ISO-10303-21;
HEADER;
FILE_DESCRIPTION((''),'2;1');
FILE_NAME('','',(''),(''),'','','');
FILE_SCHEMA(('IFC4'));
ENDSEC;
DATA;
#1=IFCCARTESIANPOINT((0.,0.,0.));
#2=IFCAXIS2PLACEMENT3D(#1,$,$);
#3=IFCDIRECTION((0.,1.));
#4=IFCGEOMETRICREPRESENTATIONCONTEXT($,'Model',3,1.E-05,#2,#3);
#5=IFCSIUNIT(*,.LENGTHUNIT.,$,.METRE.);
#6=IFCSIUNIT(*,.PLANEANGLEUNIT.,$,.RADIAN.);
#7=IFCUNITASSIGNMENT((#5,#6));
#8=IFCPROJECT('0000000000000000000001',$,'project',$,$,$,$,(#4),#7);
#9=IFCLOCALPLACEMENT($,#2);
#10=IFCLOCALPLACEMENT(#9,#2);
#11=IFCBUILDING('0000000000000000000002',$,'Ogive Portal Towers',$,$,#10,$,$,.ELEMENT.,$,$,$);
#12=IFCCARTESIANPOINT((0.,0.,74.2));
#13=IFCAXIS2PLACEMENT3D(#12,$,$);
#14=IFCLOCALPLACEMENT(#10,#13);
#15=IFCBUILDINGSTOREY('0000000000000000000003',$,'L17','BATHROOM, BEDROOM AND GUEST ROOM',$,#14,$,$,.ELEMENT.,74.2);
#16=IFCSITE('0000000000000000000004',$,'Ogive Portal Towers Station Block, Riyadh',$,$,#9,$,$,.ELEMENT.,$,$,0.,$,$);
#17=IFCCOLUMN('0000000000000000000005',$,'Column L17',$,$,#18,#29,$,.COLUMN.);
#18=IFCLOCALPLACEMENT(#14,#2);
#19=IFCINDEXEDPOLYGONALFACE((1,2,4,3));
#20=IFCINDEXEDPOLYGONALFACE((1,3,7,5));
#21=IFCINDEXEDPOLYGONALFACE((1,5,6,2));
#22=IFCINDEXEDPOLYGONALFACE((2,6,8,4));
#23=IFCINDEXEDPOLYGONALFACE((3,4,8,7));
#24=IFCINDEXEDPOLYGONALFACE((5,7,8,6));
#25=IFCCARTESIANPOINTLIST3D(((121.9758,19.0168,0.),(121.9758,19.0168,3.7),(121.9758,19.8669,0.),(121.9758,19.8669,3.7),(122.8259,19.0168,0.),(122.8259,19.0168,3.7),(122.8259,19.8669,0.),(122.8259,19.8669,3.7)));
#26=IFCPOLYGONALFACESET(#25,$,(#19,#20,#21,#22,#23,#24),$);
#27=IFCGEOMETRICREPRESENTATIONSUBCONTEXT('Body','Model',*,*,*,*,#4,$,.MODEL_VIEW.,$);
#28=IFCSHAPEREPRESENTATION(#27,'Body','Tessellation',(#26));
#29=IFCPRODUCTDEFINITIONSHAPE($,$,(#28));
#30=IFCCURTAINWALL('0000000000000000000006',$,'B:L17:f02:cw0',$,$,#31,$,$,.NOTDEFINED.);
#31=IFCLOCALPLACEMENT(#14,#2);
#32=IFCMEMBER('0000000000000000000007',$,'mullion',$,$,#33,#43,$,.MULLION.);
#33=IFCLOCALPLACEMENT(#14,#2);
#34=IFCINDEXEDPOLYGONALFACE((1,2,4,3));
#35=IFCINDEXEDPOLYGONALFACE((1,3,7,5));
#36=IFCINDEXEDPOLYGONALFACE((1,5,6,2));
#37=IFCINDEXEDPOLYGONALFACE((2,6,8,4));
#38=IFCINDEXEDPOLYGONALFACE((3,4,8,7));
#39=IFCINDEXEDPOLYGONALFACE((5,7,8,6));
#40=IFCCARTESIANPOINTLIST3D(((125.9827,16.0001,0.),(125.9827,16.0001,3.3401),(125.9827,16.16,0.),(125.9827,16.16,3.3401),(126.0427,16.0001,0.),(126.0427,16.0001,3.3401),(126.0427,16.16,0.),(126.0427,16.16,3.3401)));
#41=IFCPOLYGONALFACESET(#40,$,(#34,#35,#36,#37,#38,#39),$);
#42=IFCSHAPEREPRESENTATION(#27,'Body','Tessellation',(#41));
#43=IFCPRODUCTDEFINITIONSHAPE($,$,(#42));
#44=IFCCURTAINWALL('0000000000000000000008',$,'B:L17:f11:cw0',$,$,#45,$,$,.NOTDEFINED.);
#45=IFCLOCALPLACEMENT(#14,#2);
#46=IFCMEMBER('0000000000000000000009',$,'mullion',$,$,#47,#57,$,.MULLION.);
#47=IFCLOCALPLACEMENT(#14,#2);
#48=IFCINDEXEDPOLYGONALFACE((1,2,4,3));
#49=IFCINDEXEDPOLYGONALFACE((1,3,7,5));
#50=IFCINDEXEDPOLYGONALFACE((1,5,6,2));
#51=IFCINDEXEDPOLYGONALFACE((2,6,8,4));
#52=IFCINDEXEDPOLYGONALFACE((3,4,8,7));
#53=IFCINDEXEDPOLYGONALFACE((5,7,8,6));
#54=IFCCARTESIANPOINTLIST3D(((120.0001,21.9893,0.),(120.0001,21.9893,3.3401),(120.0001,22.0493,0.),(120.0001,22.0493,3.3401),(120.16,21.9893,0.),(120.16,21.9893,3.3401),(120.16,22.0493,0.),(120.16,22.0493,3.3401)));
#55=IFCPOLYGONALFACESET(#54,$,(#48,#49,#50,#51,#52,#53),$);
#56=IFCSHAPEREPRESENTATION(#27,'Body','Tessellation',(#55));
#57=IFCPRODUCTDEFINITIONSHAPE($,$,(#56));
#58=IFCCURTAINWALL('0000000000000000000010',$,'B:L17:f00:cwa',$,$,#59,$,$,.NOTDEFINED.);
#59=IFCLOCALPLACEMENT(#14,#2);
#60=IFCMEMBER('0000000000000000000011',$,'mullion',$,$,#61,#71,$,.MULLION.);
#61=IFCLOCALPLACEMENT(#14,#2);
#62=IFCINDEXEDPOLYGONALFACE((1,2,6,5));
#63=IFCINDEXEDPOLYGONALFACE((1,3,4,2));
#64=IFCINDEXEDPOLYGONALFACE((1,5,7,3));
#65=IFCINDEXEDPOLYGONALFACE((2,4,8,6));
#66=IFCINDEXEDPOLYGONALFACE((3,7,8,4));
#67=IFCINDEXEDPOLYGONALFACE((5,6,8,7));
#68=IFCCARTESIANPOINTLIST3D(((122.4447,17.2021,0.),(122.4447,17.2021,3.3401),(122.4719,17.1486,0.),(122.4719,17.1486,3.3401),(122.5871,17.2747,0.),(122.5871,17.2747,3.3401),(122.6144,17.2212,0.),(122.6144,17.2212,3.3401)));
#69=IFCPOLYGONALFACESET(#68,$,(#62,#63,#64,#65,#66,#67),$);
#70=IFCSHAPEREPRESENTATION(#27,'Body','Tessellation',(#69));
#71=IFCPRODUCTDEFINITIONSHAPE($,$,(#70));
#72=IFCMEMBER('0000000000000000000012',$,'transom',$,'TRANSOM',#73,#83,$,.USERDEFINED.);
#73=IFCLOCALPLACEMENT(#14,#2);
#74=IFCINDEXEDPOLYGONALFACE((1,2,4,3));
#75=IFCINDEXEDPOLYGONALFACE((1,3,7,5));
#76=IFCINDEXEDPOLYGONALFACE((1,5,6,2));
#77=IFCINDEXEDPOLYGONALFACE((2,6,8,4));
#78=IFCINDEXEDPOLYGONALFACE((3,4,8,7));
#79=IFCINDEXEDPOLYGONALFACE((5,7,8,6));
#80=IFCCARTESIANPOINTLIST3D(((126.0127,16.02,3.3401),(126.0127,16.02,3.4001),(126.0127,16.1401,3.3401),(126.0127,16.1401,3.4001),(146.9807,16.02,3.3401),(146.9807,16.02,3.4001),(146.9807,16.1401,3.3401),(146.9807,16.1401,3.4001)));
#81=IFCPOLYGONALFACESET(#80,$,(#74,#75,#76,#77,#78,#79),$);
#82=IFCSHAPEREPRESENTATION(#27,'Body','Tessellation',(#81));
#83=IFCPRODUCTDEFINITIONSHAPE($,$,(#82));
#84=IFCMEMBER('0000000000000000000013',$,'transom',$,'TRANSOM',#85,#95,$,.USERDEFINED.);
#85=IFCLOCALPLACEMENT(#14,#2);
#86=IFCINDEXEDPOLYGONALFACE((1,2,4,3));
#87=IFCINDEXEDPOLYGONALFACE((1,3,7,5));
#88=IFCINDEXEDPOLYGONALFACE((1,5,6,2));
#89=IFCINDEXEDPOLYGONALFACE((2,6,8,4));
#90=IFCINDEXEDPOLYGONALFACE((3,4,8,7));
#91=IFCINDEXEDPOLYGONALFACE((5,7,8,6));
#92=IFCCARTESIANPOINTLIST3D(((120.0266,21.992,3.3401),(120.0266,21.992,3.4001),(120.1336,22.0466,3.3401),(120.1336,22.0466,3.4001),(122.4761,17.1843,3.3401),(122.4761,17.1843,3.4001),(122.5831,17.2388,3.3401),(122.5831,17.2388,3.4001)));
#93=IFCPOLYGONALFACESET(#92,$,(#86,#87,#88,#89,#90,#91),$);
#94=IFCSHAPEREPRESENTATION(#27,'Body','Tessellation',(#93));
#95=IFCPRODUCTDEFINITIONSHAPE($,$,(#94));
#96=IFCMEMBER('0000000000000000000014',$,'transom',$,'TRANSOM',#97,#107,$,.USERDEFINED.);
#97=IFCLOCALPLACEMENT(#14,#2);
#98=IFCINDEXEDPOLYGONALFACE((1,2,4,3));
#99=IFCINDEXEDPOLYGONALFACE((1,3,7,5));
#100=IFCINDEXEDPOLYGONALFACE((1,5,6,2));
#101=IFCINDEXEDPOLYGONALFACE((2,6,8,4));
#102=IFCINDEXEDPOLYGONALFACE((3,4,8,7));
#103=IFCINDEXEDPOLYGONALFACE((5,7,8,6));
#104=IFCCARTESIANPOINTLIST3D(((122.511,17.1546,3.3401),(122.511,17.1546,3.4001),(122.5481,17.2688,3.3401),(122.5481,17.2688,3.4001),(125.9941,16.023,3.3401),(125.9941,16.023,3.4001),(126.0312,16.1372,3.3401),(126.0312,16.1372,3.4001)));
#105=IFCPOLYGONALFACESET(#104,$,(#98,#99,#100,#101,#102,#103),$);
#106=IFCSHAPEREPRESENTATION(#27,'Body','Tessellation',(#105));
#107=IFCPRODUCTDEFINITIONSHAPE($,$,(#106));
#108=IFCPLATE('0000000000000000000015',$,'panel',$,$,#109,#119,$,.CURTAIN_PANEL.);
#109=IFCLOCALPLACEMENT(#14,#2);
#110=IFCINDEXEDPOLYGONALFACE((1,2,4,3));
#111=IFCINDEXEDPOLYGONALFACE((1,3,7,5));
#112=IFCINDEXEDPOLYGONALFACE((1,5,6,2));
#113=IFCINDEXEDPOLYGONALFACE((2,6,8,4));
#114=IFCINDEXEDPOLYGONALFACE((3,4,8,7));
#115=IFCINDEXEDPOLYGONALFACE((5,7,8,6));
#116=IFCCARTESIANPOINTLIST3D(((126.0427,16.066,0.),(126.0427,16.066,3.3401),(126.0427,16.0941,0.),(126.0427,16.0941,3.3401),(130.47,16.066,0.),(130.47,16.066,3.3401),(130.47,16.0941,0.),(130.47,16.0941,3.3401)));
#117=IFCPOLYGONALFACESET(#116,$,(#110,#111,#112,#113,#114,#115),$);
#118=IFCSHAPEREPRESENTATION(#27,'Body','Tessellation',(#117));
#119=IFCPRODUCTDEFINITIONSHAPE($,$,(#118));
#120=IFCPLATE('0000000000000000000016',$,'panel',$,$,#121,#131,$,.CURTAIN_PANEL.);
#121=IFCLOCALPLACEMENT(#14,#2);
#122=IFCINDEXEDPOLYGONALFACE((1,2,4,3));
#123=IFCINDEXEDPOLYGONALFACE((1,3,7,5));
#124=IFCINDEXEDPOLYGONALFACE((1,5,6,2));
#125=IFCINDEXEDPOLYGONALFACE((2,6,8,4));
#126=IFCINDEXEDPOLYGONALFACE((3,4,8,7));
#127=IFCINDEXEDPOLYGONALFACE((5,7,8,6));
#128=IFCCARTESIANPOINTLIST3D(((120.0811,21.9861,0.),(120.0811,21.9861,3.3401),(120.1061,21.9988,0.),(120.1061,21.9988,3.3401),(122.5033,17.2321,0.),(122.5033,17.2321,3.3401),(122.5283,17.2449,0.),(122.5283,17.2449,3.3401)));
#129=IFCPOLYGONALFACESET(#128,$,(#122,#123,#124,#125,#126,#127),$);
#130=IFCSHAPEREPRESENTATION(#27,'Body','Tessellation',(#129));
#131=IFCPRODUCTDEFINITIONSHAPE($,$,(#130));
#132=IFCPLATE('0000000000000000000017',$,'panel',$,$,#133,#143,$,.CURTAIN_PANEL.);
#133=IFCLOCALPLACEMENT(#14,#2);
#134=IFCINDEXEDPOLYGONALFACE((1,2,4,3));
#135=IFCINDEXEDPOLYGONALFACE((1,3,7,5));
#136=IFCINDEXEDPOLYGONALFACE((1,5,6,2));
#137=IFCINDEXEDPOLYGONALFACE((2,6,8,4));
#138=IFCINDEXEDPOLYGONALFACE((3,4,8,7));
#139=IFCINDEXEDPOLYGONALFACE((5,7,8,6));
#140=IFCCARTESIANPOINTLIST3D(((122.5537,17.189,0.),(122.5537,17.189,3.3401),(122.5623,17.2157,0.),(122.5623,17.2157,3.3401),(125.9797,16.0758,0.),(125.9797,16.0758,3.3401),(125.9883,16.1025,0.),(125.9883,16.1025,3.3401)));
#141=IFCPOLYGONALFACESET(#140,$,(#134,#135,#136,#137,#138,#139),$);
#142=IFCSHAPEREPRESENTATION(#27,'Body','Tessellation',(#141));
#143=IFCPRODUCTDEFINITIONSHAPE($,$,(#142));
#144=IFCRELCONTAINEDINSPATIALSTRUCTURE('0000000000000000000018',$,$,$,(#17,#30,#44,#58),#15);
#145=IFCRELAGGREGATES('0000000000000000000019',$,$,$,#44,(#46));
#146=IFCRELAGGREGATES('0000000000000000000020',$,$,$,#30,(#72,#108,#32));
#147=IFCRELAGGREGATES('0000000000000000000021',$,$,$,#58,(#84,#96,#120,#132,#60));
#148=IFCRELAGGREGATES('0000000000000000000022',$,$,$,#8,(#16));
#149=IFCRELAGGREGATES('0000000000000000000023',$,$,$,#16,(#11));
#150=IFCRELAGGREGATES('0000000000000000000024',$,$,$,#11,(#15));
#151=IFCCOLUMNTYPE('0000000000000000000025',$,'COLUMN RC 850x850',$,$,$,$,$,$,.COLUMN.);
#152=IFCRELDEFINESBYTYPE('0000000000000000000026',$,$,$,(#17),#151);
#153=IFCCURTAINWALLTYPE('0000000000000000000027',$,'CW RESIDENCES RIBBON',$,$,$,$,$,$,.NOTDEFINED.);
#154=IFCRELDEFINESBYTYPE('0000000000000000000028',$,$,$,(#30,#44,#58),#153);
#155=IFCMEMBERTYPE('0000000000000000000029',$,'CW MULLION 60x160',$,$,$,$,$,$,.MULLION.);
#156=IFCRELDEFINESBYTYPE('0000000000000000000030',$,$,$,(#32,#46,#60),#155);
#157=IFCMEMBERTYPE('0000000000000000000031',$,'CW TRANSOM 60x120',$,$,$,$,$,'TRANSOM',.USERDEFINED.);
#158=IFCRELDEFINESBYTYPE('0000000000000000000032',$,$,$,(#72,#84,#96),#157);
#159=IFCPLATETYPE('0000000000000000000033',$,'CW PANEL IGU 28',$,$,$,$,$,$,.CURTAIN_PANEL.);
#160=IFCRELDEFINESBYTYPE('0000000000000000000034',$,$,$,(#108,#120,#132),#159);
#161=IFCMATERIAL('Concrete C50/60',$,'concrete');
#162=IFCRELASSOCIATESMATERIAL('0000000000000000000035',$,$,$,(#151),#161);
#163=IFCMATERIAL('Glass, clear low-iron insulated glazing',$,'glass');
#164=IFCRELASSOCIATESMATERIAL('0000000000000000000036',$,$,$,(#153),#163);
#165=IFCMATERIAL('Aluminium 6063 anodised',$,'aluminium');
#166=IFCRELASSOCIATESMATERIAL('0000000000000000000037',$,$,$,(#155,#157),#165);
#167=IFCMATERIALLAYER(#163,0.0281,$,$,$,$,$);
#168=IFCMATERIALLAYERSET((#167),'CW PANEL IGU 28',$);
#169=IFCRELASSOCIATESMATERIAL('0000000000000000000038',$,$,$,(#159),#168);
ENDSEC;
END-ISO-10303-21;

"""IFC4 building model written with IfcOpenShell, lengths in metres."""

from ifc_helpers import new_model, si_unit, direction, frame, origin, origin_2d, place, context, subcontext, project, spatial, rectangle, extrude, material, layer, layer_set, material_profile, profile_set, type_object, element, aggregate, save


model = new_model("IFC4")

# Units and contexts
model_context = context("Model", 3, precision=1e-05, world=origin(), true_north=direction((0.0, 1.0)))
body_context = subcontext(model_context, "Body", "Model", "MODEL_VIEW")
ifc_project = project(units=[si_unit("LENGTHUNIT", "METRE"), si_unit("PLANEANGLEUNIT", "RADIAN")], contexts=[model_context])

# Site, building, storey
site_placement = place(None, origin())
site = spatial("IfcSite", under=ifc_project, at=site_placement, Name="Ogive Portal Towers Station Block, Riyadh", CompositionType="ELEMENT", RefElevation=0.0)
building_placement = place(site_placement, origin())
building = spatial("IfcBuilding", under=site, at=building_placement, Name="Ogive Portal Towers", CompositionType="ELEMENT")
storey_placement = place(building_placement, frame((0.0, 0.0, 74.2)))
storey = spatial("IfcBuildingStorey", under=building, at=storey_placement, Name="L17", Description="BATHROOM, BEDROOM AND GUEST ROOM", CompositionType="ELEMENT", Elevation=74.2)

# Column
ifc_material_1 = material(Name="Concrete C50/60", Category="concrete")
ifc_material_profile_1 = material_profile(ifc_material_1, rectangle(XDim=0.8501, YDim=0.8501, at=origin_2d()), Name="RC 850x850")
ifc_profile_set_1 = profile_set([ifc_material_profile_1], Name="Concrete C50/60")
column_type = type_object("IfcColumnType", Name="COLUMN RC 850x850", PredefinedType="COLUMN", material=ifc_profile_set_1)
column_placement = place(storey_placement, frame((122.4009, 19.4419, 0.0), z_axis=(0.0, 0.0, 1.0), x_axis=(1.0, 0.0, 0.0)))
element("IfcColumn", 1, at=column_placement, inside=storey, type_object=column_type, Name="Column L17", PredefinedType="COLUMN", context=body_context, shape_type="SweptSolid", body=[
    extrude(rectangle(XDim=0.8501, YDim=0.8501, at=origin_2d()), origin(), (0.0, 0.0, 1.0), 3.7),
])

# Curtain walls, members
ifc_material_2 = material(Name="Glass, clear low-iron insulated glazing", Category="glass")
curtain_wall_type = type_object("IfcCurtainWallType", Name="CW RESIDENCES RIBBON", PredefinedType="NOTDEFINED", material=ifc_material_2)
curtain_wall_1_placement = place(storey_placement, origin())
curtain_wall_1 = element("IfcCurtainWall", 2, at=curtain_wall_1_placement, inside=storey, type_object=curtain_wall_type, Name="B:L17:f02:cw0", PredefinedType="NOTDEFINED")
ifc_material_3 = material(Name="Aluminium 6063 anodised", Category="aluminium")
ifc_material_profile_2 = material_profile(ifc_material_3, rectangle(XDim=0.1599, YDim=0.0601, at=origin_2d()), Name="AL 60x160")
ifc_profile_set_2 = profile_set([ifc_material_profile_2], Name="Aluminium 6063 anodised")
member_type_1 = type_object("IfcMemberType", Name="CW MULLION 60x160", PredefinedType="MULLION", material=ifc_profile_set_2)
member_1_placement = place(storey_placement, frame((126.0127, 16.0801, 0.0), z_axis=(0.0, 0.0, 1.0), x_axis=(0.0, 1.0, 0.0)))
member_1 = element("IfcMember", 3, at=member_1_placement, type_object=member_type_1, Name="mullion", PredefinedType="MULLION", context=body_context, shape_type="SweptSolid", body=[
    extrude(rectangle(XDim=0.1599, YDim=0.0601, at=origin_2d()), origin(), (0.0, 0.0, 1.0), 3.3401),
])
curtain_wall_2_placement = place(storey_placement, origin())
curtain_wall_2 = element("IfcCurtainWall", 4, at=curtain_wall_2_placement, inside=storey, type_object=curtain_wall_type, Name="B:L17:f11:cw0", PredefinedType="NOTDEFINED")
member_2_placement = place(storey_placement, frame((120.0801, 22.0193, 0.0), z_axis=(0.0, 0.0, 1.0), x_axis=(1.0, 0.0, 0.0)))
member_2 = element("IfcMember", 5, at=member_2_placement, type_object=member_type_1, Name="mullion", PredefinedType="MULLION", context=body_context, shape_type="SweptSolid", body=[
    extrude(rectangle(XDim=0.1599, YDim=0.0601, at=origin_2d()), origin(), (0.0, 0.0, 1.0), 3.3401),
])
aggregate(curtain_wall_2, [member_2])
curtain_wall_3_placement = place(storey_placement, origin())
curtain_wall_3 = element("IfcCurtainWall", 6, at=curtain_wall_3_placement, inside=storey, type_object=curtain_wall_type, Name="B:L17:f00:cwa", PredefinedType="NOTDEFINED")
member_3_placement = place(storey_placement, frame((122.5295, 17.2117, 0.0), z_axis=(0.0, 0.0, 1.0), x_axis=(0.891007, 0.45399, 0.0)))
member_3 = element("IfcMember", 7, at=member_3_placement, type_object=member_type_1, Name="mullion", PredefinedType="MULLION", context=body_context, shape_type="SweptSolid", body=[
    extrude(rectangle(XDim=0.1599, YDim=0.0601, at=origin_2d()), origin(), (0.0, 0.0, 1.0), 3.3401),
])

# Members
ifc_material_profile_3 = material_profile(ifc_material_3, rectangle(XDim=0.1201, YDim=0.0601, at=origin_2d()), Name="AL 120x60")
ifc_profile_set_3 = profile_set([ifc_material_profile_3], Name="Aluminium 6063 anodised")
member_type_2 = type_object("IfcMemberType", Name="CW TRANSOM 60x120", ElementType="TRANSOM", PredefinedType="USERDEFINED", material=ifc_profile_set_3)
member_4_placement = place(storey_placement, frame((126.0127, 16.0801, 3.3701), z_axis=(1.0, 0.0, 0.0), x_axis=(0.0, 1.0, 0.0)))
member_4 = element("IfcMember", 8, at=member_4_placement, type_object=member_type_2, Name="transom", ObjectType="TRANSOM", PredefinedType="USERDEFINED", context=body_context, shape_type="SweptSolid", body=[
    extrude(rectangle(XDim=0.1201, YDim=0.0601, at=origin_2d()), origin(), (0.0, 0.0, 1.0), 20.968),
])
member_5_placement = place(storey_placement, frame((120.0801, 22.0193, 3.3701), z_axis=(0.45397, -0.891017, 0.0), x_axis=(0.891017, 0.45397, 0.0)))
member_5 = element("IfcMember", 9, at=member_5_placement, type_object=member_type_2, Name="transom", ObjectType="TRANSOM", PredefinedType="USERDEFINED", context=body_context, shape_type="SweptSolid", body=[
    extrude(rectangle(XDim=0.1201, YDim=0.0601, at=origin_2d()), origin(), (0.0, 0.0, 1.0), 5.3958),
])
member_6_placement = place(storey_placement, frame((122.5295, 17.2117, 3.3701), z_axis=(0.951069, -0.308979, 0.0), x_axis=(0.308979, 0.951069, 0.0)))
member_6 = element("IfcMember", 10, at=member_6_placement, type_object=member_type_2, Name="transom", ObjectType="TRANSOM", PredefinedType="USERDEFINED", context=body_context, shape_type="SweptSolid", body=[
    extrude(rectangle(XDim=0.1201, YDim=0.0601, at=origin_2d()), origin(), (0.0, 0.0, 1.0), 3.6624),
])

# Plates
ifc_layer_1 = layer(ifc_material_2, 0.0281)
ifc_layer_set_1 = layer_set([ifc_layer_1], Name="CW PANEL IGU 28")
plate_type = type_object("IfcPlateType", Name="CW PANEL IGU 28", PredefinedType="CURTAIN_PANEL", material=ifc_layer_set_1)
plate_1_placement = place(storey_placement, frame((128.2563, 16.0801, 0.0), z_axis=(0.0, 0.0, 1.0), x_axis=(1.0, 0.0, 0.0)))
plate_1 = element("IfcPlate", 11, at=plate_1_placement, type_object=plate_type, Name="panel", PredefinedType="CURTAIN_PANEL", context=body_context, shape_type="SweptSolid", body=[
    extrude(rectangle(XDim=4.4272, YDim=0.0281, at=origin_2d()), origin(), (0.0, 0.0, 1.0), 3.3401),
])
aggregate(curtain_wall_1, [member_4, plate_1, member_1])
plate_2_placement = place(storey_placement, frame((121.3047, 19.6155, 0.0), z_axis=(0.0, 0.0, 1.0), x_axis=(0.45399, -0.891007, 0.0)))
plate_2 = element("IfcPlate", 12, at=plate_2_placement, type_object=plate_type, Name="panel", PredefinedType="CURTAIN_PANEL", context=body_context, shape_type="SweptSolid", body=[
    extrude(rectangle(XDim=5.3354, YDim=0.0281, at=origin_2d()), origin(), (0.0, 0.0, 1.0), 3.3401),
])
plate_3_placement = place(storey_placement, frame((124.271, 16.6458, 0.0), z_axis=(0.0, 0.0, 1.0), x_axis=(0.951057, -0.309017, 0.0)))
plate_3 = element("IfcPlate", 13, at=plate_3_placement, type_object=plate_type, Name="panel", PredefinedType="CURTAIN_PANEL", context=body_context, shape_type="SweptSolid", body=[
    extrude(rectangle(XDim=3.6023, YDim=0.0281, at=origin_2d()), origin(), (0.0, 0.0, 1.0), 3.3401),
])
aggregate(curtain_wall_3, [member_5, member_6, plate_2, plate_3, member_3])

save(model, "model.ifc")
